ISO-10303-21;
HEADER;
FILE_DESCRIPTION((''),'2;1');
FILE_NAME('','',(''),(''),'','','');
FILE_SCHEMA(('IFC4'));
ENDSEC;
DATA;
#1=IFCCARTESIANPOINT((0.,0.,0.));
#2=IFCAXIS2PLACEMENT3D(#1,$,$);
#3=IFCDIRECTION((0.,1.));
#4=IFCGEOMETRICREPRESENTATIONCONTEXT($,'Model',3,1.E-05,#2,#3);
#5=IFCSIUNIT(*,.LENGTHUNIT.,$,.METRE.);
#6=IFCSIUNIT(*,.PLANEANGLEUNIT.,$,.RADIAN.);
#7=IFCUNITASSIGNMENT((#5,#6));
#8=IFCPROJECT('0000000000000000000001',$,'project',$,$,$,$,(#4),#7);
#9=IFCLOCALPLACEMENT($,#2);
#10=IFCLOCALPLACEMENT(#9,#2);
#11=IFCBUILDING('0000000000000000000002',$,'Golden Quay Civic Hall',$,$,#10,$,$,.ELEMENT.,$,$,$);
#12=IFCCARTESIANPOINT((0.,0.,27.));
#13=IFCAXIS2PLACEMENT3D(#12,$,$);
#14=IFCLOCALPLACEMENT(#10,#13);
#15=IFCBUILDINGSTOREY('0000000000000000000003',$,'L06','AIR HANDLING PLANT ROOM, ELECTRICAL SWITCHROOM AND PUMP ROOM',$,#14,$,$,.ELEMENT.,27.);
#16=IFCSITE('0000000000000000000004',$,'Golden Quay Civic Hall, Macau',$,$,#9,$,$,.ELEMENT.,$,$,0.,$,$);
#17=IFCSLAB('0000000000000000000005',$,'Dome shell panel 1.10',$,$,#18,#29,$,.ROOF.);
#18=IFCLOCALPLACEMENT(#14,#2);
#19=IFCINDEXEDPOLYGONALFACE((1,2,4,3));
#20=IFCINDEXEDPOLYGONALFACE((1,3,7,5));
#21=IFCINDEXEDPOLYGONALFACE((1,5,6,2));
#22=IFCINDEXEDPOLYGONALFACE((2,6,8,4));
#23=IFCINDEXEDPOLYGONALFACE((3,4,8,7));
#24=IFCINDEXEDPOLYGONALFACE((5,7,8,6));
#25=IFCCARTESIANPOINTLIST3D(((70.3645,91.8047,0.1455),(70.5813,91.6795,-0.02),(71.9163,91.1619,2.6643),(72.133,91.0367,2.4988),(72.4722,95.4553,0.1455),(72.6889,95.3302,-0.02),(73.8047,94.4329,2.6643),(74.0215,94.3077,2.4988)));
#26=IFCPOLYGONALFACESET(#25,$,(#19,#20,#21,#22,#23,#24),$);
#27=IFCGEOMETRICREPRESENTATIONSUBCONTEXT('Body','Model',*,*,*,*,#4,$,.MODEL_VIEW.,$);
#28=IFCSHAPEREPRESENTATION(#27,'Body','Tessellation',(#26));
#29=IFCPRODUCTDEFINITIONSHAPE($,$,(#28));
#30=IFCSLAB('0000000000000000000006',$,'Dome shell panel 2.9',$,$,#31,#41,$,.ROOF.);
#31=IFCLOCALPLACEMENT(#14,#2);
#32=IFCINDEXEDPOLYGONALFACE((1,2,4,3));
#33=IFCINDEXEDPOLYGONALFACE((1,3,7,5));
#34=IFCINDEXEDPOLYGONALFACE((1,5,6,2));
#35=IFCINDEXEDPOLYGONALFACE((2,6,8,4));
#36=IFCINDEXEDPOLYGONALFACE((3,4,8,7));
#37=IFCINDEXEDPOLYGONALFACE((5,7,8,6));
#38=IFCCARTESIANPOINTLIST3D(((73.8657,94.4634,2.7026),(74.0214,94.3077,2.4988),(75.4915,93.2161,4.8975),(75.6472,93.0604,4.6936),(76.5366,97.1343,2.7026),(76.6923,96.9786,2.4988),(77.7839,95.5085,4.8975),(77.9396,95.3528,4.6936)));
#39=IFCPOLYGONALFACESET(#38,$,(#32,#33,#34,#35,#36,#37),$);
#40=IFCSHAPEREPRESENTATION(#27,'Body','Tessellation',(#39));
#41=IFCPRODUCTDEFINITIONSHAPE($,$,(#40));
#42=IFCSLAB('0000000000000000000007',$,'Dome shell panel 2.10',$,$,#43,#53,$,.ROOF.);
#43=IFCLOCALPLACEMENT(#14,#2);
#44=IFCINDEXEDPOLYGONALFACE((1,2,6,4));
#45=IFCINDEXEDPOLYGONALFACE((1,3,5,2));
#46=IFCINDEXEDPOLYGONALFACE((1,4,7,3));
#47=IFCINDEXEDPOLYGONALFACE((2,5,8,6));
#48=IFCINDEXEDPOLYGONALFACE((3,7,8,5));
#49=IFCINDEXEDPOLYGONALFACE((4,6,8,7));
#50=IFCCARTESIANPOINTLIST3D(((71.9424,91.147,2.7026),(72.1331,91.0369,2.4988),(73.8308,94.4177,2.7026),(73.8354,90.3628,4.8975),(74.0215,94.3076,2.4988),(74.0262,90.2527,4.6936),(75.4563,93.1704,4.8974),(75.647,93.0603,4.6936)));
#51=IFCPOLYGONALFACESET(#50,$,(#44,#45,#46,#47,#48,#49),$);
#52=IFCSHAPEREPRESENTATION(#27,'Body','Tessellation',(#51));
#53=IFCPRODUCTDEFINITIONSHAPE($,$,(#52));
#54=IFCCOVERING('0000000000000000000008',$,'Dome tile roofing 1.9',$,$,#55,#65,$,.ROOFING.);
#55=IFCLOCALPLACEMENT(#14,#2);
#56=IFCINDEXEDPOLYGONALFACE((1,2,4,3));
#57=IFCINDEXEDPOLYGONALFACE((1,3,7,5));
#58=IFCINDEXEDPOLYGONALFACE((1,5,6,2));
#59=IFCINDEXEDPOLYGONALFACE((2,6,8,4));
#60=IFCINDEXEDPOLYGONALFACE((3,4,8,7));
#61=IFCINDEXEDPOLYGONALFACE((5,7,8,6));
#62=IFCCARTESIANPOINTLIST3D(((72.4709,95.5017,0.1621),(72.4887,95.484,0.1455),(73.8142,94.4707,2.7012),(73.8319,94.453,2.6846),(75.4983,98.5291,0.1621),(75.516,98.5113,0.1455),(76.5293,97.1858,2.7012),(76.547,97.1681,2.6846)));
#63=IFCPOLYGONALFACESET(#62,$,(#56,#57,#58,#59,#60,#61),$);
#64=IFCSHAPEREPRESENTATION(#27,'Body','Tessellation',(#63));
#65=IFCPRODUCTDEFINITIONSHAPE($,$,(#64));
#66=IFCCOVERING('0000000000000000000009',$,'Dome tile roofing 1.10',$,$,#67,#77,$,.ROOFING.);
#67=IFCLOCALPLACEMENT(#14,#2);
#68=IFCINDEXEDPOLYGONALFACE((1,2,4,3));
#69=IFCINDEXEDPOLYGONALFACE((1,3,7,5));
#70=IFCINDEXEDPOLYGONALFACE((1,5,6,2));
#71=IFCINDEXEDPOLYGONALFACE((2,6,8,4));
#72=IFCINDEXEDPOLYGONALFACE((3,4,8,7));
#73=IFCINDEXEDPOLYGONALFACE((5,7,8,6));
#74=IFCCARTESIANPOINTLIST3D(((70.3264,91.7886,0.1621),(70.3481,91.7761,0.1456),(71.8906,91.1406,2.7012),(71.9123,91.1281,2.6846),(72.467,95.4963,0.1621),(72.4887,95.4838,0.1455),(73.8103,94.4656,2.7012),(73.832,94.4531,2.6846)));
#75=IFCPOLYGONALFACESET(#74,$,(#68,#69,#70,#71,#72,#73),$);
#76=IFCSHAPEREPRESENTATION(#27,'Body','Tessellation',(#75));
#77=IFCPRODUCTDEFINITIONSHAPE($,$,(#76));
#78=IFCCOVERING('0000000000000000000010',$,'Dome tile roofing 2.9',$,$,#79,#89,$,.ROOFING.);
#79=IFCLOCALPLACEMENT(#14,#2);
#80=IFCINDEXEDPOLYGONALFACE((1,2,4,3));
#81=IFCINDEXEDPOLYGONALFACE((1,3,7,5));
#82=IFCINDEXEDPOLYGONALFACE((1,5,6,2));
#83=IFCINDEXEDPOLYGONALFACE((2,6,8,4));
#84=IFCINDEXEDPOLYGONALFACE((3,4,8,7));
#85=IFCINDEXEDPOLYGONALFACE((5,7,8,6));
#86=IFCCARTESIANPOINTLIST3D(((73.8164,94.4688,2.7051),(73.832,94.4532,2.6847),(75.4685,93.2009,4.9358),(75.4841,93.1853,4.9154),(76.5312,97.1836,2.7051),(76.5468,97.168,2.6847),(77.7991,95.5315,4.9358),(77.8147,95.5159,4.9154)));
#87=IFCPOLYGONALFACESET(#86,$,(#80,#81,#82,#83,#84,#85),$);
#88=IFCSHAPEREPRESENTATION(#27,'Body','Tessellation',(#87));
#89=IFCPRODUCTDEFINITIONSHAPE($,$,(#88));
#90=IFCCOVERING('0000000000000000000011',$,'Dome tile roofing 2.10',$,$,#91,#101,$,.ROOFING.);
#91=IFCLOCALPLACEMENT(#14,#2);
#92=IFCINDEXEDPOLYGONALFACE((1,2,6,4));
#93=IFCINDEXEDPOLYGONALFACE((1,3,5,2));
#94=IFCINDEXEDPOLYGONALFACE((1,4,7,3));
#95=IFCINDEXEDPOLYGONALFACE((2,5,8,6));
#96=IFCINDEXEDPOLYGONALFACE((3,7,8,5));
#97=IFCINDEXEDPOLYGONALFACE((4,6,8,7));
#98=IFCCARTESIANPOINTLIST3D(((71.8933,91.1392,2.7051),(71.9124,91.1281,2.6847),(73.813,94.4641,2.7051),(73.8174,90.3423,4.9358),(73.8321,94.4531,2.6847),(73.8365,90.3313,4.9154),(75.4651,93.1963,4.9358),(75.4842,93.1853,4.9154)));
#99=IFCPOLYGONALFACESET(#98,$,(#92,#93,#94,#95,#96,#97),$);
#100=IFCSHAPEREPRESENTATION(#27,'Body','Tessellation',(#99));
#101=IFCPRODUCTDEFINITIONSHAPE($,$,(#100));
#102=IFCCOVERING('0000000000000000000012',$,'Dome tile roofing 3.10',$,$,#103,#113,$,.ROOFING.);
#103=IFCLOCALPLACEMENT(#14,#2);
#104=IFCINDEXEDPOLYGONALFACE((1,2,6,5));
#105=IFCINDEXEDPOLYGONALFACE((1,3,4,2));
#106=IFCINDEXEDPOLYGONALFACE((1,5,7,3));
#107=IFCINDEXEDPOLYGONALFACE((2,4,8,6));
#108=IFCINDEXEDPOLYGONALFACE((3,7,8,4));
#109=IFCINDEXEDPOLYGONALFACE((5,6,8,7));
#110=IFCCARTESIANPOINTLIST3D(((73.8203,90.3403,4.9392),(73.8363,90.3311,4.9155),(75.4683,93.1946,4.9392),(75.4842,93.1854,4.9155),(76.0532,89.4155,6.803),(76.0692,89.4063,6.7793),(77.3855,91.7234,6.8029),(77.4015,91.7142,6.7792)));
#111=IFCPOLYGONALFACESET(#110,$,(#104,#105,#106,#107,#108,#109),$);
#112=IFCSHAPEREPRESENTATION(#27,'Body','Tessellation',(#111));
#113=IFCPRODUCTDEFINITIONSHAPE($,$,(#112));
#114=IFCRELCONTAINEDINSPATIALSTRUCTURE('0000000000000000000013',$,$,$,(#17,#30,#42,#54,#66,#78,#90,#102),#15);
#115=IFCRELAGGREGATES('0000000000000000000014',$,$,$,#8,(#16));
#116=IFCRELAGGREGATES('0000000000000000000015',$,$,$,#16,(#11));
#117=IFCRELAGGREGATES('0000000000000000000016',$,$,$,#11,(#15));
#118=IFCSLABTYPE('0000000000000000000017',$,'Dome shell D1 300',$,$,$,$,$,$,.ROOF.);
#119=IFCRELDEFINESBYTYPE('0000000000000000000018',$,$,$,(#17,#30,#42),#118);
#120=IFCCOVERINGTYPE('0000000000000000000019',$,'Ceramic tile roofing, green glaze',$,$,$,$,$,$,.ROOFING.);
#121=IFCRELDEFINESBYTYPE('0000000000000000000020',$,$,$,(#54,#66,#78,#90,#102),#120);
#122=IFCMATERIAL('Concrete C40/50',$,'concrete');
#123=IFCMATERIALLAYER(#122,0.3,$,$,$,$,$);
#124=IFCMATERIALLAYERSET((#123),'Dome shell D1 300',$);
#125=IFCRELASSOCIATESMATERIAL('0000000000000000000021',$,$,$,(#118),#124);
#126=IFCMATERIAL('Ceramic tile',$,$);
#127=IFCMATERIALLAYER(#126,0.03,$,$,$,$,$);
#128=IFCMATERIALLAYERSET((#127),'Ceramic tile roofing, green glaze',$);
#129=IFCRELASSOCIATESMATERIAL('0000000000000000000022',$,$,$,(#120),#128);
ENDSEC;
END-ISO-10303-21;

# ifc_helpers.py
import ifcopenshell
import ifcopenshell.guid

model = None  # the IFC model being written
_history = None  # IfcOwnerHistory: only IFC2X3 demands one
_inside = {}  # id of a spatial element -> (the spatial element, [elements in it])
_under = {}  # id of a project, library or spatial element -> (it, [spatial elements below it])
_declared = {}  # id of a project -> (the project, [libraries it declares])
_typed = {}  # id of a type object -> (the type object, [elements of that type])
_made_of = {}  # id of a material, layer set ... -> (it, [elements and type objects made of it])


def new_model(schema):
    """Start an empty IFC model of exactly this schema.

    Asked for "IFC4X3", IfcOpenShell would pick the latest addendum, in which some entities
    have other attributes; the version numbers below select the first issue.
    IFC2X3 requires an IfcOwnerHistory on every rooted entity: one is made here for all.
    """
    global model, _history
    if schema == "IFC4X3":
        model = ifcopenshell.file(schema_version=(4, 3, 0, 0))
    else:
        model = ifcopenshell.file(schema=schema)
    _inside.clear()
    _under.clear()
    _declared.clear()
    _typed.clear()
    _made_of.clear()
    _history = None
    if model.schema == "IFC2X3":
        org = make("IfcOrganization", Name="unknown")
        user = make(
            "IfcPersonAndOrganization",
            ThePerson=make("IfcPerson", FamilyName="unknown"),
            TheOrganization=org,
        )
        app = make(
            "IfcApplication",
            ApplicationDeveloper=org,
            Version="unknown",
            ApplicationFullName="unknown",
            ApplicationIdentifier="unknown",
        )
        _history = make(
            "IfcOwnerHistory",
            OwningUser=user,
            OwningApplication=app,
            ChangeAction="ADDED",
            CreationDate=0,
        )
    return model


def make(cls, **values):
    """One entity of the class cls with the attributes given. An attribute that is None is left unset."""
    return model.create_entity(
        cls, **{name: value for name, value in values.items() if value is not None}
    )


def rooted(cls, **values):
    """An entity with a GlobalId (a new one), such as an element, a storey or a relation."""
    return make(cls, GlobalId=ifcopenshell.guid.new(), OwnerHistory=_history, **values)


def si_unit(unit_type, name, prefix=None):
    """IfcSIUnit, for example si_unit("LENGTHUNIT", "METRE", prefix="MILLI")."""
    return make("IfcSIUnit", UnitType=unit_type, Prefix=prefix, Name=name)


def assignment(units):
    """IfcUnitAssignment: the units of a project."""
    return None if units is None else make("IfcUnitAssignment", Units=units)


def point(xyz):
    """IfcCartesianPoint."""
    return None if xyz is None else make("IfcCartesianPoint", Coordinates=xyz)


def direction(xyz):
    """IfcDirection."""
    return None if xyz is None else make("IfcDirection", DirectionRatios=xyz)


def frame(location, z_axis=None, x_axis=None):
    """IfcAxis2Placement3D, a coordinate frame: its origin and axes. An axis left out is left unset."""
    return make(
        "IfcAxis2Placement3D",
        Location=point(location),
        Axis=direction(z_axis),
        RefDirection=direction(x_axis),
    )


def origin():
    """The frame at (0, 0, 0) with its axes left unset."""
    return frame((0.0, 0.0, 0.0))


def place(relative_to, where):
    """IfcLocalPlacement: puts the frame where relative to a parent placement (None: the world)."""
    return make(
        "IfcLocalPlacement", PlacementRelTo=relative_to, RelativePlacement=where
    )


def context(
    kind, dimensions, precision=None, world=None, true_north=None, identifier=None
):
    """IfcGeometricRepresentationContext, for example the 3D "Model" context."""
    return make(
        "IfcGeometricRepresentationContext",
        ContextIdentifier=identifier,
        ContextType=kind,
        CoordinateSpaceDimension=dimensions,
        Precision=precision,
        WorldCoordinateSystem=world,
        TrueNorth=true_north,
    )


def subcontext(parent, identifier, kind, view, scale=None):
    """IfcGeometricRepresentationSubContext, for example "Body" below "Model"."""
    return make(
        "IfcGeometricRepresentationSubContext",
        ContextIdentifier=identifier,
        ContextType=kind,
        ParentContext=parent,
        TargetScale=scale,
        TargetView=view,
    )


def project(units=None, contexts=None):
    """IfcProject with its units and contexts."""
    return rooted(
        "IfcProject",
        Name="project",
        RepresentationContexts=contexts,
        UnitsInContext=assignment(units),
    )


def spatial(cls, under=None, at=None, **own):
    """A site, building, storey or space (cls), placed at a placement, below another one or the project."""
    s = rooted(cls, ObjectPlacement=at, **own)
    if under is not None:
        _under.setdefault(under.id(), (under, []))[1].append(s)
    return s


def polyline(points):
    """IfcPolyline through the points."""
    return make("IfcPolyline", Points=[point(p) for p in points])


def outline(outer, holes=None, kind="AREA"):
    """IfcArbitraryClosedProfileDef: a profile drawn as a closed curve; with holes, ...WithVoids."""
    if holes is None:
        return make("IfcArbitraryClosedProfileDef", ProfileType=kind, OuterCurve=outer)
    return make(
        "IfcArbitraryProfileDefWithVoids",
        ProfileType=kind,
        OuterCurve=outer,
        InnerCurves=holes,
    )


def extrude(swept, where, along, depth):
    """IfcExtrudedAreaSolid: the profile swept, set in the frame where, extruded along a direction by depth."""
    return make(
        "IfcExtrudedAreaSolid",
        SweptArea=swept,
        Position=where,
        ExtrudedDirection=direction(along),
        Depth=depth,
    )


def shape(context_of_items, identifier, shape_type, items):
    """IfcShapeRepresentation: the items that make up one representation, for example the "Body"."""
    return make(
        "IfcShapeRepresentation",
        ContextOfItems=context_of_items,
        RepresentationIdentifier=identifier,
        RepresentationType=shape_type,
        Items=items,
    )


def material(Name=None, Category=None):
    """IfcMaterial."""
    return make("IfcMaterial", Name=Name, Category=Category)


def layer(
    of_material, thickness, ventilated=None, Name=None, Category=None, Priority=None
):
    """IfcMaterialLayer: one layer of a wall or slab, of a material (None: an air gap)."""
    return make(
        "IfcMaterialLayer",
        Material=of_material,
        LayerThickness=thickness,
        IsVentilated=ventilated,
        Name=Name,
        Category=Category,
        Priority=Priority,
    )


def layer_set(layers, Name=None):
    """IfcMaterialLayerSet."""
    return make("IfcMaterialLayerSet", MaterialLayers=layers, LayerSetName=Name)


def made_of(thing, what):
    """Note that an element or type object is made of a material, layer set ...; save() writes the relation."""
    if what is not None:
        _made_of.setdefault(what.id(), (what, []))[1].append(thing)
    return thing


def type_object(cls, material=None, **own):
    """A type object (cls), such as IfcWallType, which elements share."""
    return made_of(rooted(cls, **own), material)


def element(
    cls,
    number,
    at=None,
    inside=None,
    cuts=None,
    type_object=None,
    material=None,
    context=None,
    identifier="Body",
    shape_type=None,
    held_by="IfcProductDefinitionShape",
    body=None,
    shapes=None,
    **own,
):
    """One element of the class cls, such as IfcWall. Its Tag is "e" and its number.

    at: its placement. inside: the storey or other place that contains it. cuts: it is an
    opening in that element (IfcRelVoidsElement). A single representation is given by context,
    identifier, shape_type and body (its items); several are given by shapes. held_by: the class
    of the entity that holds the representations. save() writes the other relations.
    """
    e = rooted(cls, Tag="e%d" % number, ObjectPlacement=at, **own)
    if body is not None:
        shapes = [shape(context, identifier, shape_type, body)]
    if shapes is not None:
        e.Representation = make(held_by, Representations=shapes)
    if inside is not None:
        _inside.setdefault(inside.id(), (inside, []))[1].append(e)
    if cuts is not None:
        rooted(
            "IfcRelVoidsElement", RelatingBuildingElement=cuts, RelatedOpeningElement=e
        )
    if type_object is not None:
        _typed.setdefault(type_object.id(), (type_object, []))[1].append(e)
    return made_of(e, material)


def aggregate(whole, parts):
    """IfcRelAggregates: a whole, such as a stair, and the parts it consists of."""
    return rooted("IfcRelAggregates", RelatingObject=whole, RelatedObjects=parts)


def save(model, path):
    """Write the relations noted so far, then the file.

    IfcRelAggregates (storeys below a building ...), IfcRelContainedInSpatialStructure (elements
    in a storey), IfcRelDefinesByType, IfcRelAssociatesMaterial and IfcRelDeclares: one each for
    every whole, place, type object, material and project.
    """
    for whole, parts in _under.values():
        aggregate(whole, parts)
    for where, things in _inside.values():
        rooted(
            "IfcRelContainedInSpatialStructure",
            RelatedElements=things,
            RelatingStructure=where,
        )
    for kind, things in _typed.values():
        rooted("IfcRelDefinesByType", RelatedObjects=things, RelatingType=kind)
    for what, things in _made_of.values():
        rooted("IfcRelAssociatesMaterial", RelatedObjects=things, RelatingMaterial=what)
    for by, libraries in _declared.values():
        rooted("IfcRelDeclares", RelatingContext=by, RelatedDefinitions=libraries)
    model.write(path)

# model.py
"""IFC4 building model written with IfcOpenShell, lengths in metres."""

from ifc_helpers import new_model, si_unit, direction, frame, origin, place, context, subcontext, project, spatial, polyline, outline, extrude, material, layer, layer_set, type_object, element, save


model = new_model("IFC4")

# Units and contexts
model_context = context("Model", 3, precision=1e-05, world=origin(), true_north=direction((0.0, 1.0)))
body_context = subcontext(model_context, "Body", "Model", "MODEL_VIEW")
ifc_project = project(units=[si_unit("LENGTHUNIT", "METRE"), si_unit("PLANEANGLEUNIT", "RADIAN")], contexts=[model_context])

# Site, building, storey
site_placement = place(None, origin())
site = spatial("IfcSite", under=ifc_project, at=site_placement, Name="Golden Quay Civic Hall, Macau", CompositionType="ELEMENT", RefElevation=0.0)
building_placement = place(site_placement, origin())
building = spatial("IfcBuilding", under=site, at=building_placement, Name="Golden Quay Civic Hall", CompositionType="ELEMENT")
storey_placement = place(building_placement, frame((0.0, 0.0, 27.0)))
storey = spatial("IfcBuildingStorey", under=building, at=storey_placement, Name="L06", Description="AIR HANDLING PLANT ROOM, ELECTRICAL SWITCHROOM AND PUMP ROOM", CompositionType="ELEMENT", Elevation=27.0)

# Slabs
ifc_material_1 = material(Name="Concrete C40/50", Category="concrete")
ifc_layer_1 = layer(ifc_material_1, 0.3)
ifc_layer_set_1 = layer_set([ifc_layer_1], Name="Dome shell D1 300")
slab_type = type_object("IfcSlabType", Name="Dome shell D1 300", PredefinedType="ROOF", material=ifc_layer_set_1)
slab_1_placement = place(storey_placement, frame((72.4722, 95.4553, 0.1455), z_axis=(-0.722423, 0.417079, 0.551498), x_axis=(-0.499991, -0.866031, -0.000003)))
element("IfcSlab", 1, at=slab_1_placement, inside=storey, type_object=slab_type, Name="Dome shell panel 1.10", PredefinedType="ROOF", context=body_context, shape_type="SweptSolid", body=[
    extrude(outline(polyline([(0.0, 0.0), (4.2154, 0.0), (3.9962, 3.0195), (0.2192, 3.0195), (0.0, 0.0)])), origin(), (0.0, 0.0, -1.0), 0.3),
])
slab_2_placement = place(storey_placement, frame((76.5366, 97.1343, 2.7026), z_axis=(-0.518929, 0.518929, 0.679283), x_axis=(-0.707107, -0.707107, 0.0)))
element("IfcSlab", 2, at=slab_2_placement, inside=storey, type_object=slab_type, Name="Dome shell panel 2.9", PredefinedType="ROOF", context=body_context, shape_type="SweptSolid", body=[
    extrude(outline(polyline([(0.0, 0.0), (3.7772, 0.0), (3.5096, 2.9907), (0.2676, 2.9907), (0.0, 0.0)])), origin(), (0.0, 0.0, -1.0), 0.3),
])
slab_3_placement = place(storey_placement, frame((73.8308, 94.4177, 2.7026), z_axis=(-0.635573, 0.366941, 0.679265), x_axis=(-0.500001, -0.866025, -0.000011)))
element("IfcSlab", 3, at=slab_3_placement, inside=storey, type_object=slab_type, Name="Dome shell panel 2.10", PredefinedType="ROOF", context=body_context, shape_type="SweptSolid", body=[
    extrude(outline(polyline([(0.0, 0.0), (3.7768, 0.0), (3.5093, 2.9907), (0.2674, 2.9906), (0.0, 0.0)])), origin(), (0.0, 0.0, -1.0), 0.3),
])

# Coverings
ifc_material_2 = material(Name="Ceramic tile")
ifc_layer_2 = layer(ifc_material_2, 0.03)
ifc_layer_set_2 = layer_set([ifc_layer_2], Name="Ceramic tile roofing, green glaze")
covering_type = type_object("IfcCoveringType", Name="Ceramic tile roofing, green glaze", PredefinedType="ROOFING", material=ifc_layer_set_2)
covering_1_placement = place(storey_placement, frame((75.4983, 98.5291, 0.1621), z_axis=(-0.589829, 0.589829, 0.551547), x_axis=(-0.707107, -0.707107, 0.0)))
element("IfcCovering", 4, at=covering_1_placement, inside=storey, type_object=covering_type, Name="Dome tile roofing 1.9", PredefinedType="ROOFING", context=body_context, shape_type="SweptSolid", body=[
    extrude(outline(polyline([(0.0, 0.0), (4.2813, 0.0), (4.0605, 3.0439), (0.2208, 3.0439), (0.0, 0.0)])), origin(), (0.0, 0.0, -1.0), 0.03),
])
covering_2_placement = place(storey_placement, frame((72.467, 95.4963, 0.1621), z_axis=(-0.722419, 0.417085, 0.551498), x_axis=(-0.499995, -0.866028, 0.000003)))
element("IfcCovering", 5, at=covering_2_placement, inside=storey, type_object=covering_type, Name="Dome tile roofing 1.10", PredefinedType="ROOFING", context=body_context, shape_type="SweptSolid", body=[
    extrude(outline(polyline([(0.0, 0.0), (4.2813, 0.0), (4.0604, 3.0438), (0.2211, 3.0438), (0.0, 0.0)])), origin(), (0.0, 0.0, -1.0), 0.03),
])
covering_3_placement = place(storey_placement, frame((76.5312, 97.1836, 2.7051), z_axis=(-0.518937, 0.518937, 0.67927), x_axis=(-0.707107, -0.707107, 0.0)))
element("IfcCovering", 6, at=covering_3_placement, inside=storey, type_object=covering_type, Name="Dome tile roofing 2.9", PredefinedType="ROOFING", context=body_context, shape_type="SweptSolid", body=[
    extrude(outline(polyline([(0.0, 0.0), (3.8394, 0.0), (3.5676, 3.0396), (0.2717, 3.0396), (0.0, 0.0)])), origin(), (0.0, 0.0, -1.0), 0.03),
])
covering_4_placement = place(storey_placement, frame((73.813, 94.4641, 2.7051), z_axis=(-0.635567, 0.366941, 0.679271), x_axis=(-0.499999, -0.866026, -0.000004)))
element("IfcCovering", 7, at=covering_4_placement, inside=storey, type_object=covering_type, Name="Dome tile roofing 2.10", PredefinedType="ROOFING", context=body_context, shape_type="SweptSolid", body=[
    extrude(outline(polyline([(0.0, 0.0), (3.8393, 0.0), (3.5674, 3.0396), (0.2719, 3.0396), (0.0, 0.0)])), origin(), (0.0, 0.0, -1.0), 0.03),
])
covering_5_placement = place(storey_placement, frame((75.4683, 93.1946, 4.9392), z_axis=(-0.531723, 0.306978, 0.789326), x_axis=(-0.500001, -0.866025, -0.000015)))
element("IfcCovering", 8, at=covering_5_placement, inside=storey, type_object=covering_type, Name="Dome tile roofing 3.10", PredefinedType="ROOFING", context=body_context, shape_type="SweptSolid", body=[
    extrude(outline(polyline([(0.0, 0.0), (3.2958, 0.0), (2.9802, 3.0357), (0.3154, 3.0355), (0.0, 0.0)])), origin(), (0.0, 0.0, -1.0), 0.03),
])

save(model, "model.ifc")
